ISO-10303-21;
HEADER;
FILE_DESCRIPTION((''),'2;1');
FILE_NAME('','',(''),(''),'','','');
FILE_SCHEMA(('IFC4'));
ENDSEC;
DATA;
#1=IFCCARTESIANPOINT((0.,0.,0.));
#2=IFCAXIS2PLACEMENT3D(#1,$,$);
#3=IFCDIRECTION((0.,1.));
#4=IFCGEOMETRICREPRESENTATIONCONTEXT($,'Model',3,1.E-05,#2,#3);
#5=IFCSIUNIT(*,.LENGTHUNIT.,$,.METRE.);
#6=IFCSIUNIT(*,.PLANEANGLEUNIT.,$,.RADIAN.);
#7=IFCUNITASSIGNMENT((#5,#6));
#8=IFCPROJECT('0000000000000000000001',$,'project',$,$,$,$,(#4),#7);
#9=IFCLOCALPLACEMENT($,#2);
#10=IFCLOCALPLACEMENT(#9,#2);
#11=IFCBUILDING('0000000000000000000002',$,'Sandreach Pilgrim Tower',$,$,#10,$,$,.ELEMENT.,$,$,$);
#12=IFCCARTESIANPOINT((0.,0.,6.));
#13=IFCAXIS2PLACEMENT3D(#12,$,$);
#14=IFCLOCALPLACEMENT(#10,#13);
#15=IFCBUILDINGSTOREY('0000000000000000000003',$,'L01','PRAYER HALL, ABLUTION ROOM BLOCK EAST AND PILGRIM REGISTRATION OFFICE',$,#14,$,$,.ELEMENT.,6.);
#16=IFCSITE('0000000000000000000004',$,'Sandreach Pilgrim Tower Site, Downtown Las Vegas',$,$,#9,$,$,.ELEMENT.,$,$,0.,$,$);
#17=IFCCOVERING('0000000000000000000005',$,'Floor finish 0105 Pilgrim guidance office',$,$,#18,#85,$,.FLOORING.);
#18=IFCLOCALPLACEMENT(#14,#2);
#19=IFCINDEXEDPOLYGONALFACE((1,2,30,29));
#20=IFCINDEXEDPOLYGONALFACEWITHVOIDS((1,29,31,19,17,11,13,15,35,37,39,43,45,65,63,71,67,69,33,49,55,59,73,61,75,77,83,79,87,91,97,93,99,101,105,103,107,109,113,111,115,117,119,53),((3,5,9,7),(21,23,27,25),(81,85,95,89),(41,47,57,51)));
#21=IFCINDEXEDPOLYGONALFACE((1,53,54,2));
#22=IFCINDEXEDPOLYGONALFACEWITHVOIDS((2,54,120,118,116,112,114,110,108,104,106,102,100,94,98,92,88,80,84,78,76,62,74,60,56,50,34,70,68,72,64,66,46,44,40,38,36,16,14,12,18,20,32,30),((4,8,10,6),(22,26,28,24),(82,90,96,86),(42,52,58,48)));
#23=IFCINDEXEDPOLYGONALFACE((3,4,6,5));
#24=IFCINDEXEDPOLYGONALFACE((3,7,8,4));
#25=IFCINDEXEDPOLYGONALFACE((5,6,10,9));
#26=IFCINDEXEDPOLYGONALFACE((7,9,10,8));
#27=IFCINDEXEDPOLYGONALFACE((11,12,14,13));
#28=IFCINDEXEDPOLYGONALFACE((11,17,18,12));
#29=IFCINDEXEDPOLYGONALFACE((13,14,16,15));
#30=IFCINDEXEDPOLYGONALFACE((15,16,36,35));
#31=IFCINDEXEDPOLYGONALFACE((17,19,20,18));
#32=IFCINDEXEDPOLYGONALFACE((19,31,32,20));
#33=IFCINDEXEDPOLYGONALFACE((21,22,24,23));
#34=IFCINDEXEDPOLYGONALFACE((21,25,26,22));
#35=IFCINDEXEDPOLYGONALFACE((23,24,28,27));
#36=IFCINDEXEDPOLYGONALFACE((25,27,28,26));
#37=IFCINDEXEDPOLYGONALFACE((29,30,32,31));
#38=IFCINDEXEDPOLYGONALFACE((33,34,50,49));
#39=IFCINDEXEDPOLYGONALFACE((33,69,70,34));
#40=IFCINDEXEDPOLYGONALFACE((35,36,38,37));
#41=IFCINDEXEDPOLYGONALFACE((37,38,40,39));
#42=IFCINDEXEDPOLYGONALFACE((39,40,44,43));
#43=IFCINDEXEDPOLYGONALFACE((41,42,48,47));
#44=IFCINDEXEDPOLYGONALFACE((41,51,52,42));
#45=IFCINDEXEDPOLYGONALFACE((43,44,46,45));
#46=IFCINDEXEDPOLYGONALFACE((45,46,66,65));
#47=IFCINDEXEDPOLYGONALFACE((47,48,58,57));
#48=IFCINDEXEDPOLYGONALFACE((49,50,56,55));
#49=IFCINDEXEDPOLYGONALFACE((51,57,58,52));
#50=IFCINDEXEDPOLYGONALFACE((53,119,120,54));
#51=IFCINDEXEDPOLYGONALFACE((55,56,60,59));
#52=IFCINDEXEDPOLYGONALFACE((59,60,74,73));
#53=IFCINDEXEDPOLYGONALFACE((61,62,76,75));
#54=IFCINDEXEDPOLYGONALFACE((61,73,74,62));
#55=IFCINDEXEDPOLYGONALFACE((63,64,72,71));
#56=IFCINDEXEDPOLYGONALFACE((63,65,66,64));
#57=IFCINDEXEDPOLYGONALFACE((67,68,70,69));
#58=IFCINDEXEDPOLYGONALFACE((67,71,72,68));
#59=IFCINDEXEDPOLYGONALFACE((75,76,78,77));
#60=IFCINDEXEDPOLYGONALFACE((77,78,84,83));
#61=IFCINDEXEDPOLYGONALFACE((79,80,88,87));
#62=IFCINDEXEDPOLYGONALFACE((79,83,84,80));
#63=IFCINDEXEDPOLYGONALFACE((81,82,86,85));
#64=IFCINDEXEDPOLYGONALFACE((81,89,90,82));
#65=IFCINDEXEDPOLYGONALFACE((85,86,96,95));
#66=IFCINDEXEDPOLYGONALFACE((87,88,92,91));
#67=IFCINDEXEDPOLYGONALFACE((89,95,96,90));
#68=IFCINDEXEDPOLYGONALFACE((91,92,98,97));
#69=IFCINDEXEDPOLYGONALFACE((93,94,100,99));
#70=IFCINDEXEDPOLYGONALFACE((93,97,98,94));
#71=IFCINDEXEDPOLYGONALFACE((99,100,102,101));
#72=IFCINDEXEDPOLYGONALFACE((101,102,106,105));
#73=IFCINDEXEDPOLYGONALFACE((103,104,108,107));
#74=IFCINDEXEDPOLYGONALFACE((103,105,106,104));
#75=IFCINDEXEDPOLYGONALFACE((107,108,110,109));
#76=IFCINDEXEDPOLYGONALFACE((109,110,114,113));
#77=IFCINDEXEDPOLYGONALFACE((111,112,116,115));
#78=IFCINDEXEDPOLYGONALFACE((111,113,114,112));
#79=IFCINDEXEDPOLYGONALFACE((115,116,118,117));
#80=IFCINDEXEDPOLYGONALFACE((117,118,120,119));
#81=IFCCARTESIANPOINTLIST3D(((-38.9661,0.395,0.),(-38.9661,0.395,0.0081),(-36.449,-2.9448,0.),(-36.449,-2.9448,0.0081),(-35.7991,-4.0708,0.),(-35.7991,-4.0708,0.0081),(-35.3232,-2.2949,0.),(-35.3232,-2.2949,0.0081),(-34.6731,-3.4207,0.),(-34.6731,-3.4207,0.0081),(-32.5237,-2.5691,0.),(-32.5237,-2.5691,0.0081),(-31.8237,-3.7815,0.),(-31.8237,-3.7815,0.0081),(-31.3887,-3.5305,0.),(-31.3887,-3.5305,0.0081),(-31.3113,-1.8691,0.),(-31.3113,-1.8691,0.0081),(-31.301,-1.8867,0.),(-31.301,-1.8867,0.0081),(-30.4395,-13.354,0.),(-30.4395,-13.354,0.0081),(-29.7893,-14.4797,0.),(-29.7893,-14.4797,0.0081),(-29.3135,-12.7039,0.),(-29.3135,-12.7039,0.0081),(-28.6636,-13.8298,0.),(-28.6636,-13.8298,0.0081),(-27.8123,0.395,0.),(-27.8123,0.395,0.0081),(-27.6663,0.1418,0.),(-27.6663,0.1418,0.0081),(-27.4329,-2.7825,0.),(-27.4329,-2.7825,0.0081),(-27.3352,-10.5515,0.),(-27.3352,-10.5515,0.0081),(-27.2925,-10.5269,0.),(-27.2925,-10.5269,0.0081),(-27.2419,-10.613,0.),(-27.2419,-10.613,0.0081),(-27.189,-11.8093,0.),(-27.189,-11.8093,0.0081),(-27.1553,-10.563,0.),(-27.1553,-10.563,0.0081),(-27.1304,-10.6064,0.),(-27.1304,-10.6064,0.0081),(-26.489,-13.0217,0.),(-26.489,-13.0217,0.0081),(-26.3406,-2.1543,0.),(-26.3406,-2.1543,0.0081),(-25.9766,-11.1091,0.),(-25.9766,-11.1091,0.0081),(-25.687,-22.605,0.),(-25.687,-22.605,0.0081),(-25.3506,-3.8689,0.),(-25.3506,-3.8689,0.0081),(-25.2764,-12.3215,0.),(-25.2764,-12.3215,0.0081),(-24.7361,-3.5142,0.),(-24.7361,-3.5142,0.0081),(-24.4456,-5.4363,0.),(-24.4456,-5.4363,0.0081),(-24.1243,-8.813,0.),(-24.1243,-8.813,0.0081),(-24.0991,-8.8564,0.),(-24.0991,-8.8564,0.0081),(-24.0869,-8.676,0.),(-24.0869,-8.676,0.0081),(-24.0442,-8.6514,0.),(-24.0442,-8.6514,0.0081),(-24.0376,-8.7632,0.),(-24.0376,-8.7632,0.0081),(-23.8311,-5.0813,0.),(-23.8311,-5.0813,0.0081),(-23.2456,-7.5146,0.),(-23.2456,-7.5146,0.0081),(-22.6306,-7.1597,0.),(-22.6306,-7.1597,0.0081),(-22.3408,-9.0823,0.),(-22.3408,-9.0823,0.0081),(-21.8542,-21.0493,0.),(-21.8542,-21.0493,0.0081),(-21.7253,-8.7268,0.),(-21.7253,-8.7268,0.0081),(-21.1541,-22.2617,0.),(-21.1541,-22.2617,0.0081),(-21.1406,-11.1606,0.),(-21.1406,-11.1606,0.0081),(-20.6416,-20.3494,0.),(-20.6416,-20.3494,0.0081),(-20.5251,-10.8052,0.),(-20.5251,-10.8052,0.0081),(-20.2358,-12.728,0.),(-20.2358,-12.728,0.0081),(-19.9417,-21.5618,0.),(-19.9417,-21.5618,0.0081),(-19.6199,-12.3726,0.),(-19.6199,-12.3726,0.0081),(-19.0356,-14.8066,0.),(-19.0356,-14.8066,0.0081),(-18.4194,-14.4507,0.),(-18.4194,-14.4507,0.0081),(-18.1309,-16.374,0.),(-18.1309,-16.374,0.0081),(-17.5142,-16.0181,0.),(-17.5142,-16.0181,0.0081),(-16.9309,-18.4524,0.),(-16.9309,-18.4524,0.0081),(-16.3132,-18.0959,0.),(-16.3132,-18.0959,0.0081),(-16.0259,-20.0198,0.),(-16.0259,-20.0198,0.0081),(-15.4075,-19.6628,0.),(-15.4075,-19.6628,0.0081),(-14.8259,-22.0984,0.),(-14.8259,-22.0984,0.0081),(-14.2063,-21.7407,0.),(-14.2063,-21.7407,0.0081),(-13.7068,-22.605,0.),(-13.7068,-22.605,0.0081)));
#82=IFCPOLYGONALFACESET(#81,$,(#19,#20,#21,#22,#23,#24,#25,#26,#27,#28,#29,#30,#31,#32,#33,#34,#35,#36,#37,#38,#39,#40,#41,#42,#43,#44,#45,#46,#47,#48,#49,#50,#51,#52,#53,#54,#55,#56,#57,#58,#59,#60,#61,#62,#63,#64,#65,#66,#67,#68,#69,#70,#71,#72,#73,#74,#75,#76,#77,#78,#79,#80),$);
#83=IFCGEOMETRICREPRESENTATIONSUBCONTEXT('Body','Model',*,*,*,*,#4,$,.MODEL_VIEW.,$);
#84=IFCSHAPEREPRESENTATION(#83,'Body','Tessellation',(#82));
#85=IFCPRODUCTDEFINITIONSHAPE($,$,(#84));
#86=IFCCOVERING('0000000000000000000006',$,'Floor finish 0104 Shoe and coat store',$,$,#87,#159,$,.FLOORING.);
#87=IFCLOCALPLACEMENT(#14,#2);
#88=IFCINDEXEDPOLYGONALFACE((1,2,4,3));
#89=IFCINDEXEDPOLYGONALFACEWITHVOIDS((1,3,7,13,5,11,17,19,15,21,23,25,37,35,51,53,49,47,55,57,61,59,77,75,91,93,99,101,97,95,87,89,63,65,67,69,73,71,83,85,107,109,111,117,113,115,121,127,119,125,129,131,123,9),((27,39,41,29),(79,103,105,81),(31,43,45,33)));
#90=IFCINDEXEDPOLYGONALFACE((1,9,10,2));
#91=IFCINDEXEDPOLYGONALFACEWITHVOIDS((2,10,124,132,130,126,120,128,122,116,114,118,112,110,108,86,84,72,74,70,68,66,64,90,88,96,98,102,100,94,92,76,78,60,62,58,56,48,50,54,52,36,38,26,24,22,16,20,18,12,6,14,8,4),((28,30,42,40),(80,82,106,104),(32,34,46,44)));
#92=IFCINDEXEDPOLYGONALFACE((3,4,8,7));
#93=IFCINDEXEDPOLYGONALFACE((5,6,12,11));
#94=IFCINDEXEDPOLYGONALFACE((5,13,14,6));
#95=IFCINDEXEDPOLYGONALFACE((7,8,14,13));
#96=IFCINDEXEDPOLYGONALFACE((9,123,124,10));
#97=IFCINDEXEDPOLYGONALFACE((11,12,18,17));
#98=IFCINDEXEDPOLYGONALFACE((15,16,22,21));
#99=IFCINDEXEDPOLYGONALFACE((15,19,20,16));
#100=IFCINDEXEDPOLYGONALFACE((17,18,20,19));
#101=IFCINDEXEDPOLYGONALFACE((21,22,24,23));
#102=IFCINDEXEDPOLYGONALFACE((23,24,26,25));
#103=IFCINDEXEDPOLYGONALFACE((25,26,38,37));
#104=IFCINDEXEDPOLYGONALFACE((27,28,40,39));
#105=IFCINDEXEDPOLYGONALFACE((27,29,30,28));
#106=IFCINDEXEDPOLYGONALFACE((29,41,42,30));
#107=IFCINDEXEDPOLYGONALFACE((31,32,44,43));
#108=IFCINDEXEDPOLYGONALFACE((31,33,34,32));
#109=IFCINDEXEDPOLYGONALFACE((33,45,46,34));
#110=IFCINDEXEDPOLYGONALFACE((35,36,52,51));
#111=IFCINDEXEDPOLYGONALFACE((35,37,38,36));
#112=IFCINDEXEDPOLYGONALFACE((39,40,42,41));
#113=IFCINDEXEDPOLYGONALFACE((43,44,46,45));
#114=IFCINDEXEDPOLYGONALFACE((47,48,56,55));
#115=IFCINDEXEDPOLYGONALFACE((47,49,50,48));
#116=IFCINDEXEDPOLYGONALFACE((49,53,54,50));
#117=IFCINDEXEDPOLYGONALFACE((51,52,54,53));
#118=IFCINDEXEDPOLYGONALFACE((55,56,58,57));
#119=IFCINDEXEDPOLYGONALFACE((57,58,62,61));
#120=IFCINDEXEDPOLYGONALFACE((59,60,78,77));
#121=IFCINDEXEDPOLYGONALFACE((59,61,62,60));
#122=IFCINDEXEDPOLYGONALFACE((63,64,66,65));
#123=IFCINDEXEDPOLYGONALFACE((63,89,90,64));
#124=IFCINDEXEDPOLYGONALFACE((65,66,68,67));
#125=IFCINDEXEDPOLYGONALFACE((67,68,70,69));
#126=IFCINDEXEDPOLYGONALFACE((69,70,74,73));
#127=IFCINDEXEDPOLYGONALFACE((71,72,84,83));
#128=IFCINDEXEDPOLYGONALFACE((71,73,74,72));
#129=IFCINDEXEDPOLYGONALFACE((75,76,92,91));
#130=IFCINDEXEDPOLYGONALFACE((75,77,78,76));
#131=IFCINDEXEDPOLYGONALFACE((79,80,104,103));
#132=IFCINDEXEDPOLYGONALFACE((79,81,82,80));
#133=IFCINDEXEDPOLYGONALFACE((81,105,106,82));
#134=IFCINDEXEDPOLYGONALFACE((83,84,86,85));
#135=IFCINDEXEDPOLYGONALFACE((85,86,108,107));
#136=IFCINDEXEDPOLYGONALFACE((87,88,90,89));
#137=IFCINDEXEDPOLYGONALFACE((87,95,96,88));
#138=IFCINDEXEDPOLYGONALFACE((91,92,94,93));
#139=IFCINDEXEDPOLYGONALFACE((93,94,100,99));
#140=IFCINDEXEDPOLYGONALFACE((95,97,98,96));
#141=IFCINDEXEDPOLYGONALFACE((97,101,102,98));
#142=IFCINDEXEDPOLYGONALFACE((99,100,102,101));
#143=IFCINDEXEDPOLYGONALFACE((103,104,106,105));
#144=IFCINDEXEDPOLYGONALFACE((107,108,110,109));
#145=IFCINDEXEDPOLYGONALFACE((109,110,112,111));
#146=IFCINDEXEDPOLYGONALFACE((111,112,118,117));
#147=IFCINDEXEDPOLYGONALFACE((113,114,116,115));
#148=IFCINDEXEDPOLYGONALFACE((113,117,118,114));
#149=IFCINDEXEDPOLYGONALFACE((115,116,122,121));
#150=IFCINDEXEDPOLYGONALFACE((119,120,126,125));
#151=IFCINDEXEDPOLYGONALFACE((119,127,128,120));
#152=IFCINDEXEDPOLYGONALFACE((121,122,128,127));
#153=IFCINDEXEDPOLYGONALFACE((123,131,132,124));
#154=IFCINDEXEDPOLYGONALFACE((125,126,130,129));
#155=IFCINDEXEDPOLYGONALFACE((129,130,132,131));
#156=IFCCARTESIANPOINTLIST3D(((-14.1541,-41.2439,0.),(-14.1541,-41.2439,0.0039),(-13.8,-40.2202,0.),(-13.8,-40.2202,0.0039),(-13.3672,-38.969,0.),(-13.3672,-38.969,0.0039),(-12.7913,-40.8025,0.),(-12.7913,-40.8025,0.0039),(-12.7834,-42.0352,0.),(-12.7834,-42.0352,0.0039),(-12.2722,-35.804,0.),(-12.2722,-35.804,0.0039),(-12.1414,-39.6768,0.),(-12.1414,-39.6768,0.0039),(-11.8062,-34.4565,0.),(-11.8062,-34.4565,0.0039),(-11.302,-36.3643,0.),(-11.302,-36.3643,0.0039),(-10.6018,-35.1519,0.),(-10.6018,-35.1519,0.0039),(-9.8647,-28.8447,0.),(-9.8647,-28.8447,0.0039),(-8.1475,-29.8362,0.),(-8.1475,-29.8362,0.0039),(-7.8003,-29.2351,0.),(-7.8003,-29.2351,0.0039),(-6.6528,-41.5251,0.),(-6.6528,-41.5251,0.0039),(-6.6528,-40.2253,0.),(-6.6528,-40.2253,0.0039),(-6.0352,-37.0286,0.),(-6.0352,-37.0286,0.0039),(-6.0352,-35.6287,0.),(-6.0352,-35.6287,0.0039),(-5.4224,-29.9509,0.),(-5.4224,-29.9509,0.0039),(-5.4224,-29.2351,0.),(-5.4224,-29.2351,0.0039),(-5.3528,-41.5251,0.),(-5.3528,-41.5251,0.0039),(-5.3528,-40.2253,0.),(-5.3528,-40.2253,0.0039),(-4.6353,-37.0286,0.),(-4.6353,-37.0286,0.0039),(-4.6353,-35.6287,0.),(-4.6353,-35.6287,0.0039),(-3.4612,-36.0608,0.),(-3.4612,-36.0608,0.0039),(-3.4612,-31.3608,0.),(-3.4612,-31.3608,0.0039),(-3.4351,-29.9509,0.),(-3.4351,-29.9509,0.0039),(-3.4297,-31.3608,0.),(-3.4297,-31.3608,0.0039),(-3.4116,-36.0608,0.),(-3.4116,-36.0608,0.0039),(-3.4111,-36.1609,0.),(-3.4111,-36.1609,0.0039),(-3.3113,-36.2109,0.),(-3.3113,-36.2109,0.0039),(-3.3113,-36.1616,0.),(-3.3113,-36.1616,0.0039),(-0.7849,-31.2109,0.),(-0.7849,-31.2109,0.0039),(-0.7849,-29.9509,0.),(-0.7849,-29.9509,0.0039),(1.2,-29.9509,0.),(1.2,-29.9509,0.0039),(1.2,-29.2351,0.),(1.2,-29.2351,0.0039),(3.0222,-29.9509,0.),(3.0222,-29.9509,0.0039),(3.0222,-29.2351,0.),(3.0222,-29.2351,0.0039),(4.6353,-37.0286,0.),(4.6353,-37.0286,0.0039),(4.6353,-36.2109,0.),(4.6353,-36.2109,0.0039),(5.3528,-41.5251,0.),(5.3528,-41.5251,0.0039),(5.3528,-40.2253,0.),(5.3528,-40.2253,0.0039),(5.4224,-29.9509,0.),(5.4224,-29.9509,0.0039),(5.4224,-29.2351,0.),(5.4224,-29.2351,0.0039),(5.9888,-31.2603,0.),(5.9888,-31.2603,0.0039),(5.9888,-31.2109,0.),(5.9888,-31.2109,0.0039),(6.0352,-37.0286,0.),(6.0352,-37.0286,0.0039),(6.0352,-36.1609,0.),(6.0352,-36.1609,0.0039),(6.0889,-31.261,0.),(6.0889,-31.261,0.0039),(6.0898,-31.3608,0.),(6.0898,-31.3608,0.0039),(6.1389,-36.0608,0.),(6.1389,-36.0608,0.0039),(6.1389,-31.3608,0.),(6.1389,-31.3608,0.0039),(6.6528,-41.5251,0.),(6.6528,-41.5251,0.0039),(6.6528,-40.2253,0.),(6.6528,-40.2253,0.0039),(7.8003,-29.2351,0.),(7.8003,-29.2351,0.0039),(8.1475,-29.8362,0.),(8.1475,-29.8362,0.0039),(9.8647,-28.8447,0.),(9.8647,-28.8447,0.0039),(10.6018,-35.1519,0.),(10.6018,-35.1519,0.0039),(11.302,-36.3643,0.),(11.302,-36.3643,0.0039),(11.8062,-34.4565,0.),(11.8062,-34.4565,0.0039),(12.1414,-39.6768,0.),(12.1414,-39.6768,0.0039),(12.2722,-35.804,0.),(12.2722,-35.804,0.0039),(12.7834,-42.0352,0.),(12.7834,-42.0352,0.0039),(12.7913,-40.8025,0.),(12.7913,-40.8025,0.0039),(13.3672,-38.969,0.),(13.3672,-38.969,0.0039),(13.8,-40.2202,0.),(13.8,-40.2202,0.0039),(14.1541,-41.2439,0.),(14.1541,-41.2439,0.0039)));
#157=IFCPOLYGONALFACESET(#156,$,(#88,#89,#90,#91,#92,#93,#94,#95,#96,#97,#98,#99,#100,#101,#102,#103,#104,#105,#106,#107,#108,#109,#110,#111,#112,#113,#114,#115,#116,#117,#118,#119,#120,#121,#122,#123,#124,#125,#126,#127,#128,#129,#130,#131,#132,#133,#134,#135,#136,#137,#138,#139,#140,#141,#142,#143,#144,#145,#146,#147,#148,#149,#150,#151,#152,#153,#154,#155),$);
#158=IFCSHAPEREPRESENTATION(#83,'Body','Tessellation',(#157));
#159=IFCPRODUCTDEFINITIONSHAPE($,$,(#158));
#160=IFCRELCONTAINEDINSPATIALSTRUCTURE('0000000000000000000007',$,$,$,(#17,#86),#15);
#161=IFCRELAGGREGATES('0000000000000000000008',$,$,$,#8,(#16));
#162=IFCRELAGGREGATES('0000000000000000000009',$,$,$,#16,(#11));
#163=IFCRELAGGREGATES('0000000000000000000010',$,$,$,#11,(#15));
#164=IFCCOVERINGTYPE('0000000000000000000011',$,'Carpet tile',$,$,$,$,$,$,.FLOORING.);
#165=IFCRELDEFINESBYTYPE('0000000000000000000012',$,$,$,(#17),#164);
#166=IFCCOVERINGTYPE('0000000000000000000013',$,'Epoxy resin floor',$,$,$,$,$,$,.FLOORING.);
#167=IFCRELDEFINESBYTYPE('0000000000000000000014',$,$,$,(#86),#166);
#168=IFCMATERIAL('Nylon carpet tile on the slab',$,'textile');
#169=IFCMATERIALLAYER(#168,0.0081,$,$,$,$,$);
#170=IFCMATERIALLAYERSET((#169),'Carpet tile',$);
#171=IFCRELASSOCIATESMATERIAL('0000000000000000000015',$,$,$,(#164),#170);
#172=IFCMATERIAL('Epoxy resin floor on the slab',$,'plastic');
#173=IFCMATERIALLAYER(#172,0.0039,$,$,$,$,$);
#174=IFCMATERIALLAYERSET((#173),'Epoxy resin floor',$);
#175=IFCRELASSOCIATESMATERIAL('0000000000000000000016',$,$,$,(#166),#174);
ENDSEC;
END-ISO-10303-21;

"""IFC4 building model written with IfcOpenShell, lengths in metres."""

from ifc_helpers import new_model, si_unit, direction, frame, origin, place, context, subcontext, project, spatial, polyline, outline, extrude, material, layer, layer_set, type_object, element, save


model = new_model("IFC4")

# Units and contexts
model_context = context("Model", 3, precision=1e-05, world=origin(), true_north=direction((0.0, 1.0)))
body_context = subcontext(model_context, "Body", "Model", "MODEL_VIEW")
ifc_project = project(units=[si_unit("LENGTHUNIT", "METRE"), si_unit("PLANEANGLEUNIT", "RADIAN")], contexts=[model_context])

# Site, building, storey
site_placement = place(None, origin())
site = spatial("IfcSite", under=ifc_project, at=site_placement, Name="Sandreach Pilgrim Tower Site, Downtown Las Vegas", CompositionType="ELEMENT", RefElevation=0.0)
building_placement = place(site_placement, origin())
building = spatial("IfcBuilding", under=site, at=building_placement, Name="Sandreach Pilgrim Tower", CompositionType="ELEMENT")
storey_placement = place(building_placement, frame((0.0, 0.0, 6.0)))
storey = spatial("IfcBuildingStorey", under=building, at=storey_placement, Name="L01", Description="PRAYER HALL, ABLUTION ROOM BLOCK EAST AND PILGRIM REGISTRATION OFFICE", CompositionType="ELEMENT", Elevation=6.0)

# Coverings
ifc_material_1 = material(Name="Nylon carpet tile on the slab", Category="textile")
ifc_layer_1 = layer(ifc_material_1, 0.0081)
ifc_layer_set_1 = layer_set([ifc_layer_1], Name="Carpet tile")
covering_type_1 = type_object("IfcCoveringType", Name="Carpet tile", PredefinedType="FLOORING", material=ifc_layer_set_1)
covering_1_placement = place(storey_placement, origin())
element("IfcCovering", 1, at=covering_1_placement, inside=storey, type_object=covering_type_1, Name="Floor finish 0105 Pilgrim guidance office", PredefinedType="FLOORING", context=body_context, shape_type="SweptSolid", body=[
    extrude(outline(polyline([(-27.6663, 0.1418), (-31.301, -1.8867), (-31.3113, -1.8691), (-32.5237, -2.5691), (-31.8237, -3.7815), (-31.3887, -3.5305), (-27.3352, -10.5515), (-27.2925, -10.5269), (-27.2419, -10.613), (-27.1553, -10.563), (-27.1304, -10.6064), (-24.0991, -8.8564), (-24.1243, -8.813), (-24.0376, -8.7632), (-24.0869, -8.676), (-24.0442, -8.6514), (-27.4329, -2.7825), (-26.3406, -2.1543), (-25.3506, -3.8689), (-24.7361, -3.5142), (-23.8311, -5.0813), (-24.4456, -5.4363), (-23.2456, -7.5146), (-22.6306, -7.1597), (-21.7253, -8.7268), (-22.3408, -9.0823), (-21.1406, -11.1606), (-20.5251, -10.8052), (-19.6199, -12.3726), (-20.2358, -12.728), (-19.0356, -14.8066), (-18.4194, -14.4507), (-17.5142, -16.0181), (-18.1309, -16.374), (-16.9309, -18.4524), (-16.3132, -18.0959), (-15.4075, -19.6628), (-16.0259, -20.0198), (-14.8259, -22.0984), (-14.2063, -21.7407), (-13.7068, -22.605), (-25.687, -22.605), (-38.9661, 0.395), (-27.8123, 0.395), (-27.6663, 0.1418)]), holes=[polyline([(-19.9417, -21.5618), (-20.6416, -20.3494), (-21.8542, -21.0493), (-21.1541, -22.2617), (-19.9417, -21.5618)]), polyline([(-26.489, -13.0217), (-25.2764, -12.3215), (-25.9766, -11.1091), (-27.189, -11.8093), (-26.489, -13.0217)]), polyline([(-29.7893, -14.4797), (-28.6636, -13.8298), (-29.3135, -12.7039), (-30.4395, -13.354), (-29.7893, -14.4797)]), polyline([(-36.449, -2.9448), (-35.7991, -4.0708), (-34.6731, -3.4207), (-35.3232, -2.2949), (-36.449, -2.9448)])]), origin(), (0.0, 0.0, 1.0), 0.0081),
])
ifc_material_2 = material(Name="Epoxy resin floor on the slab", Category="plastic")
ifc_layer_2 = layer(ifc_material_2, 0.0039)
ifc_layer_set_2 = layer_set([ifc_layer_2], Name="Epoxy resin floor")
covering_type_2 = type_object("IfcCoveringType", Name="Epoxy resin floor", PredefinedType="FLOORING", material=ifc_layer_set_2)
covering_2_placement = place(storey_placement, origin())
element("IfcCovering", 2, at=covering_2_placement, inside=storey, type_object=covering_type_2, Name="Floor finish 0104 Shoe and coat store", PredefinedType="FLOORING", context=body_context, shape_type="SweptSolid", body=[
    extrude(outline(polyline([(-11.302, -36.3643), (-10.6018, -35.1519), (-11.8062, -34.4565), (-9.8647, -28.8447), (-8.1475, -29.8362), (-7.8003, -29.2351), (-5.4224, -29.2351), (-5.4224, -29.9509), (-3.4351, -29.9509), (-3.4297, -31.3608), (-3.4612, -31.3608), (-3.4612, -36.0608), (-3.4116, -36.0608), (-3.4111, -36.1609), (-3.3113, -36.1616), (-3.3113, -36.2109), (4.6353, -36.2109), (4.6353, -37.0286), (6.0352, -37.0286), (6.0352, -36.1609), (6.1389, -36.0608), (6.1389, -31.3608), (6.0898, -31.3608), (6.0889, -31.261), (5.9888, -31.2603), (5.9888, -31.2109), (-0.7849, -31.2109), (-0.7849, -29.9509), (1.2, -29.9509), (1.2, -29.2351), (3.0222, -29.2351), (3.0222, -29.9509), (5.4224, -29.9509), (5.4224, -29.2351), (7.8003, -29.2351), (8.1475, -29.8362), (9.8647, -28.8447), (11.8062, -34.4565), (10.6018, -35.1519), (11.302, -36.3643), (12.2722, -35.804), (13.3672, -38.969), (12.1414, -39.6768), (12.7913, -40.8025), (13.8, -40.2202), (14.1541, -41.2439), (12.7834, -42.0352), (-12.7834, -42.0352), (-14.1541, -41.2439), (-13.8, -40.2202), (-12.7913, -40.8025), (-12.1414, -39.6768), (-13.3672, -38.969), (-12.2722, -35.804), (-11.302, -36.3643)]), holes=[polyline([(6.6528, -41.5251), (6.6528, -40.2253), (5.3528, -40.2253), (5.3528, -41.5251), (6.6528, -41.5251)]), polyline([(-4.6353, -37.0286), (-4.6353, -35.6287), (-6.0352, -35.6287), (-6.0352, -37.0286), (-4.6353, -37.0286)]), polyline([(-5.3528, -41.5251), (-5.3528, -40.2253), (-6.6528, -40.2253), (-6.6528, -41.5251), (-5.3528, -41.5251)])]), origin(), (0.0, 0.0, 1.0), 0.0039),
])

save(model, "model.ifc")
